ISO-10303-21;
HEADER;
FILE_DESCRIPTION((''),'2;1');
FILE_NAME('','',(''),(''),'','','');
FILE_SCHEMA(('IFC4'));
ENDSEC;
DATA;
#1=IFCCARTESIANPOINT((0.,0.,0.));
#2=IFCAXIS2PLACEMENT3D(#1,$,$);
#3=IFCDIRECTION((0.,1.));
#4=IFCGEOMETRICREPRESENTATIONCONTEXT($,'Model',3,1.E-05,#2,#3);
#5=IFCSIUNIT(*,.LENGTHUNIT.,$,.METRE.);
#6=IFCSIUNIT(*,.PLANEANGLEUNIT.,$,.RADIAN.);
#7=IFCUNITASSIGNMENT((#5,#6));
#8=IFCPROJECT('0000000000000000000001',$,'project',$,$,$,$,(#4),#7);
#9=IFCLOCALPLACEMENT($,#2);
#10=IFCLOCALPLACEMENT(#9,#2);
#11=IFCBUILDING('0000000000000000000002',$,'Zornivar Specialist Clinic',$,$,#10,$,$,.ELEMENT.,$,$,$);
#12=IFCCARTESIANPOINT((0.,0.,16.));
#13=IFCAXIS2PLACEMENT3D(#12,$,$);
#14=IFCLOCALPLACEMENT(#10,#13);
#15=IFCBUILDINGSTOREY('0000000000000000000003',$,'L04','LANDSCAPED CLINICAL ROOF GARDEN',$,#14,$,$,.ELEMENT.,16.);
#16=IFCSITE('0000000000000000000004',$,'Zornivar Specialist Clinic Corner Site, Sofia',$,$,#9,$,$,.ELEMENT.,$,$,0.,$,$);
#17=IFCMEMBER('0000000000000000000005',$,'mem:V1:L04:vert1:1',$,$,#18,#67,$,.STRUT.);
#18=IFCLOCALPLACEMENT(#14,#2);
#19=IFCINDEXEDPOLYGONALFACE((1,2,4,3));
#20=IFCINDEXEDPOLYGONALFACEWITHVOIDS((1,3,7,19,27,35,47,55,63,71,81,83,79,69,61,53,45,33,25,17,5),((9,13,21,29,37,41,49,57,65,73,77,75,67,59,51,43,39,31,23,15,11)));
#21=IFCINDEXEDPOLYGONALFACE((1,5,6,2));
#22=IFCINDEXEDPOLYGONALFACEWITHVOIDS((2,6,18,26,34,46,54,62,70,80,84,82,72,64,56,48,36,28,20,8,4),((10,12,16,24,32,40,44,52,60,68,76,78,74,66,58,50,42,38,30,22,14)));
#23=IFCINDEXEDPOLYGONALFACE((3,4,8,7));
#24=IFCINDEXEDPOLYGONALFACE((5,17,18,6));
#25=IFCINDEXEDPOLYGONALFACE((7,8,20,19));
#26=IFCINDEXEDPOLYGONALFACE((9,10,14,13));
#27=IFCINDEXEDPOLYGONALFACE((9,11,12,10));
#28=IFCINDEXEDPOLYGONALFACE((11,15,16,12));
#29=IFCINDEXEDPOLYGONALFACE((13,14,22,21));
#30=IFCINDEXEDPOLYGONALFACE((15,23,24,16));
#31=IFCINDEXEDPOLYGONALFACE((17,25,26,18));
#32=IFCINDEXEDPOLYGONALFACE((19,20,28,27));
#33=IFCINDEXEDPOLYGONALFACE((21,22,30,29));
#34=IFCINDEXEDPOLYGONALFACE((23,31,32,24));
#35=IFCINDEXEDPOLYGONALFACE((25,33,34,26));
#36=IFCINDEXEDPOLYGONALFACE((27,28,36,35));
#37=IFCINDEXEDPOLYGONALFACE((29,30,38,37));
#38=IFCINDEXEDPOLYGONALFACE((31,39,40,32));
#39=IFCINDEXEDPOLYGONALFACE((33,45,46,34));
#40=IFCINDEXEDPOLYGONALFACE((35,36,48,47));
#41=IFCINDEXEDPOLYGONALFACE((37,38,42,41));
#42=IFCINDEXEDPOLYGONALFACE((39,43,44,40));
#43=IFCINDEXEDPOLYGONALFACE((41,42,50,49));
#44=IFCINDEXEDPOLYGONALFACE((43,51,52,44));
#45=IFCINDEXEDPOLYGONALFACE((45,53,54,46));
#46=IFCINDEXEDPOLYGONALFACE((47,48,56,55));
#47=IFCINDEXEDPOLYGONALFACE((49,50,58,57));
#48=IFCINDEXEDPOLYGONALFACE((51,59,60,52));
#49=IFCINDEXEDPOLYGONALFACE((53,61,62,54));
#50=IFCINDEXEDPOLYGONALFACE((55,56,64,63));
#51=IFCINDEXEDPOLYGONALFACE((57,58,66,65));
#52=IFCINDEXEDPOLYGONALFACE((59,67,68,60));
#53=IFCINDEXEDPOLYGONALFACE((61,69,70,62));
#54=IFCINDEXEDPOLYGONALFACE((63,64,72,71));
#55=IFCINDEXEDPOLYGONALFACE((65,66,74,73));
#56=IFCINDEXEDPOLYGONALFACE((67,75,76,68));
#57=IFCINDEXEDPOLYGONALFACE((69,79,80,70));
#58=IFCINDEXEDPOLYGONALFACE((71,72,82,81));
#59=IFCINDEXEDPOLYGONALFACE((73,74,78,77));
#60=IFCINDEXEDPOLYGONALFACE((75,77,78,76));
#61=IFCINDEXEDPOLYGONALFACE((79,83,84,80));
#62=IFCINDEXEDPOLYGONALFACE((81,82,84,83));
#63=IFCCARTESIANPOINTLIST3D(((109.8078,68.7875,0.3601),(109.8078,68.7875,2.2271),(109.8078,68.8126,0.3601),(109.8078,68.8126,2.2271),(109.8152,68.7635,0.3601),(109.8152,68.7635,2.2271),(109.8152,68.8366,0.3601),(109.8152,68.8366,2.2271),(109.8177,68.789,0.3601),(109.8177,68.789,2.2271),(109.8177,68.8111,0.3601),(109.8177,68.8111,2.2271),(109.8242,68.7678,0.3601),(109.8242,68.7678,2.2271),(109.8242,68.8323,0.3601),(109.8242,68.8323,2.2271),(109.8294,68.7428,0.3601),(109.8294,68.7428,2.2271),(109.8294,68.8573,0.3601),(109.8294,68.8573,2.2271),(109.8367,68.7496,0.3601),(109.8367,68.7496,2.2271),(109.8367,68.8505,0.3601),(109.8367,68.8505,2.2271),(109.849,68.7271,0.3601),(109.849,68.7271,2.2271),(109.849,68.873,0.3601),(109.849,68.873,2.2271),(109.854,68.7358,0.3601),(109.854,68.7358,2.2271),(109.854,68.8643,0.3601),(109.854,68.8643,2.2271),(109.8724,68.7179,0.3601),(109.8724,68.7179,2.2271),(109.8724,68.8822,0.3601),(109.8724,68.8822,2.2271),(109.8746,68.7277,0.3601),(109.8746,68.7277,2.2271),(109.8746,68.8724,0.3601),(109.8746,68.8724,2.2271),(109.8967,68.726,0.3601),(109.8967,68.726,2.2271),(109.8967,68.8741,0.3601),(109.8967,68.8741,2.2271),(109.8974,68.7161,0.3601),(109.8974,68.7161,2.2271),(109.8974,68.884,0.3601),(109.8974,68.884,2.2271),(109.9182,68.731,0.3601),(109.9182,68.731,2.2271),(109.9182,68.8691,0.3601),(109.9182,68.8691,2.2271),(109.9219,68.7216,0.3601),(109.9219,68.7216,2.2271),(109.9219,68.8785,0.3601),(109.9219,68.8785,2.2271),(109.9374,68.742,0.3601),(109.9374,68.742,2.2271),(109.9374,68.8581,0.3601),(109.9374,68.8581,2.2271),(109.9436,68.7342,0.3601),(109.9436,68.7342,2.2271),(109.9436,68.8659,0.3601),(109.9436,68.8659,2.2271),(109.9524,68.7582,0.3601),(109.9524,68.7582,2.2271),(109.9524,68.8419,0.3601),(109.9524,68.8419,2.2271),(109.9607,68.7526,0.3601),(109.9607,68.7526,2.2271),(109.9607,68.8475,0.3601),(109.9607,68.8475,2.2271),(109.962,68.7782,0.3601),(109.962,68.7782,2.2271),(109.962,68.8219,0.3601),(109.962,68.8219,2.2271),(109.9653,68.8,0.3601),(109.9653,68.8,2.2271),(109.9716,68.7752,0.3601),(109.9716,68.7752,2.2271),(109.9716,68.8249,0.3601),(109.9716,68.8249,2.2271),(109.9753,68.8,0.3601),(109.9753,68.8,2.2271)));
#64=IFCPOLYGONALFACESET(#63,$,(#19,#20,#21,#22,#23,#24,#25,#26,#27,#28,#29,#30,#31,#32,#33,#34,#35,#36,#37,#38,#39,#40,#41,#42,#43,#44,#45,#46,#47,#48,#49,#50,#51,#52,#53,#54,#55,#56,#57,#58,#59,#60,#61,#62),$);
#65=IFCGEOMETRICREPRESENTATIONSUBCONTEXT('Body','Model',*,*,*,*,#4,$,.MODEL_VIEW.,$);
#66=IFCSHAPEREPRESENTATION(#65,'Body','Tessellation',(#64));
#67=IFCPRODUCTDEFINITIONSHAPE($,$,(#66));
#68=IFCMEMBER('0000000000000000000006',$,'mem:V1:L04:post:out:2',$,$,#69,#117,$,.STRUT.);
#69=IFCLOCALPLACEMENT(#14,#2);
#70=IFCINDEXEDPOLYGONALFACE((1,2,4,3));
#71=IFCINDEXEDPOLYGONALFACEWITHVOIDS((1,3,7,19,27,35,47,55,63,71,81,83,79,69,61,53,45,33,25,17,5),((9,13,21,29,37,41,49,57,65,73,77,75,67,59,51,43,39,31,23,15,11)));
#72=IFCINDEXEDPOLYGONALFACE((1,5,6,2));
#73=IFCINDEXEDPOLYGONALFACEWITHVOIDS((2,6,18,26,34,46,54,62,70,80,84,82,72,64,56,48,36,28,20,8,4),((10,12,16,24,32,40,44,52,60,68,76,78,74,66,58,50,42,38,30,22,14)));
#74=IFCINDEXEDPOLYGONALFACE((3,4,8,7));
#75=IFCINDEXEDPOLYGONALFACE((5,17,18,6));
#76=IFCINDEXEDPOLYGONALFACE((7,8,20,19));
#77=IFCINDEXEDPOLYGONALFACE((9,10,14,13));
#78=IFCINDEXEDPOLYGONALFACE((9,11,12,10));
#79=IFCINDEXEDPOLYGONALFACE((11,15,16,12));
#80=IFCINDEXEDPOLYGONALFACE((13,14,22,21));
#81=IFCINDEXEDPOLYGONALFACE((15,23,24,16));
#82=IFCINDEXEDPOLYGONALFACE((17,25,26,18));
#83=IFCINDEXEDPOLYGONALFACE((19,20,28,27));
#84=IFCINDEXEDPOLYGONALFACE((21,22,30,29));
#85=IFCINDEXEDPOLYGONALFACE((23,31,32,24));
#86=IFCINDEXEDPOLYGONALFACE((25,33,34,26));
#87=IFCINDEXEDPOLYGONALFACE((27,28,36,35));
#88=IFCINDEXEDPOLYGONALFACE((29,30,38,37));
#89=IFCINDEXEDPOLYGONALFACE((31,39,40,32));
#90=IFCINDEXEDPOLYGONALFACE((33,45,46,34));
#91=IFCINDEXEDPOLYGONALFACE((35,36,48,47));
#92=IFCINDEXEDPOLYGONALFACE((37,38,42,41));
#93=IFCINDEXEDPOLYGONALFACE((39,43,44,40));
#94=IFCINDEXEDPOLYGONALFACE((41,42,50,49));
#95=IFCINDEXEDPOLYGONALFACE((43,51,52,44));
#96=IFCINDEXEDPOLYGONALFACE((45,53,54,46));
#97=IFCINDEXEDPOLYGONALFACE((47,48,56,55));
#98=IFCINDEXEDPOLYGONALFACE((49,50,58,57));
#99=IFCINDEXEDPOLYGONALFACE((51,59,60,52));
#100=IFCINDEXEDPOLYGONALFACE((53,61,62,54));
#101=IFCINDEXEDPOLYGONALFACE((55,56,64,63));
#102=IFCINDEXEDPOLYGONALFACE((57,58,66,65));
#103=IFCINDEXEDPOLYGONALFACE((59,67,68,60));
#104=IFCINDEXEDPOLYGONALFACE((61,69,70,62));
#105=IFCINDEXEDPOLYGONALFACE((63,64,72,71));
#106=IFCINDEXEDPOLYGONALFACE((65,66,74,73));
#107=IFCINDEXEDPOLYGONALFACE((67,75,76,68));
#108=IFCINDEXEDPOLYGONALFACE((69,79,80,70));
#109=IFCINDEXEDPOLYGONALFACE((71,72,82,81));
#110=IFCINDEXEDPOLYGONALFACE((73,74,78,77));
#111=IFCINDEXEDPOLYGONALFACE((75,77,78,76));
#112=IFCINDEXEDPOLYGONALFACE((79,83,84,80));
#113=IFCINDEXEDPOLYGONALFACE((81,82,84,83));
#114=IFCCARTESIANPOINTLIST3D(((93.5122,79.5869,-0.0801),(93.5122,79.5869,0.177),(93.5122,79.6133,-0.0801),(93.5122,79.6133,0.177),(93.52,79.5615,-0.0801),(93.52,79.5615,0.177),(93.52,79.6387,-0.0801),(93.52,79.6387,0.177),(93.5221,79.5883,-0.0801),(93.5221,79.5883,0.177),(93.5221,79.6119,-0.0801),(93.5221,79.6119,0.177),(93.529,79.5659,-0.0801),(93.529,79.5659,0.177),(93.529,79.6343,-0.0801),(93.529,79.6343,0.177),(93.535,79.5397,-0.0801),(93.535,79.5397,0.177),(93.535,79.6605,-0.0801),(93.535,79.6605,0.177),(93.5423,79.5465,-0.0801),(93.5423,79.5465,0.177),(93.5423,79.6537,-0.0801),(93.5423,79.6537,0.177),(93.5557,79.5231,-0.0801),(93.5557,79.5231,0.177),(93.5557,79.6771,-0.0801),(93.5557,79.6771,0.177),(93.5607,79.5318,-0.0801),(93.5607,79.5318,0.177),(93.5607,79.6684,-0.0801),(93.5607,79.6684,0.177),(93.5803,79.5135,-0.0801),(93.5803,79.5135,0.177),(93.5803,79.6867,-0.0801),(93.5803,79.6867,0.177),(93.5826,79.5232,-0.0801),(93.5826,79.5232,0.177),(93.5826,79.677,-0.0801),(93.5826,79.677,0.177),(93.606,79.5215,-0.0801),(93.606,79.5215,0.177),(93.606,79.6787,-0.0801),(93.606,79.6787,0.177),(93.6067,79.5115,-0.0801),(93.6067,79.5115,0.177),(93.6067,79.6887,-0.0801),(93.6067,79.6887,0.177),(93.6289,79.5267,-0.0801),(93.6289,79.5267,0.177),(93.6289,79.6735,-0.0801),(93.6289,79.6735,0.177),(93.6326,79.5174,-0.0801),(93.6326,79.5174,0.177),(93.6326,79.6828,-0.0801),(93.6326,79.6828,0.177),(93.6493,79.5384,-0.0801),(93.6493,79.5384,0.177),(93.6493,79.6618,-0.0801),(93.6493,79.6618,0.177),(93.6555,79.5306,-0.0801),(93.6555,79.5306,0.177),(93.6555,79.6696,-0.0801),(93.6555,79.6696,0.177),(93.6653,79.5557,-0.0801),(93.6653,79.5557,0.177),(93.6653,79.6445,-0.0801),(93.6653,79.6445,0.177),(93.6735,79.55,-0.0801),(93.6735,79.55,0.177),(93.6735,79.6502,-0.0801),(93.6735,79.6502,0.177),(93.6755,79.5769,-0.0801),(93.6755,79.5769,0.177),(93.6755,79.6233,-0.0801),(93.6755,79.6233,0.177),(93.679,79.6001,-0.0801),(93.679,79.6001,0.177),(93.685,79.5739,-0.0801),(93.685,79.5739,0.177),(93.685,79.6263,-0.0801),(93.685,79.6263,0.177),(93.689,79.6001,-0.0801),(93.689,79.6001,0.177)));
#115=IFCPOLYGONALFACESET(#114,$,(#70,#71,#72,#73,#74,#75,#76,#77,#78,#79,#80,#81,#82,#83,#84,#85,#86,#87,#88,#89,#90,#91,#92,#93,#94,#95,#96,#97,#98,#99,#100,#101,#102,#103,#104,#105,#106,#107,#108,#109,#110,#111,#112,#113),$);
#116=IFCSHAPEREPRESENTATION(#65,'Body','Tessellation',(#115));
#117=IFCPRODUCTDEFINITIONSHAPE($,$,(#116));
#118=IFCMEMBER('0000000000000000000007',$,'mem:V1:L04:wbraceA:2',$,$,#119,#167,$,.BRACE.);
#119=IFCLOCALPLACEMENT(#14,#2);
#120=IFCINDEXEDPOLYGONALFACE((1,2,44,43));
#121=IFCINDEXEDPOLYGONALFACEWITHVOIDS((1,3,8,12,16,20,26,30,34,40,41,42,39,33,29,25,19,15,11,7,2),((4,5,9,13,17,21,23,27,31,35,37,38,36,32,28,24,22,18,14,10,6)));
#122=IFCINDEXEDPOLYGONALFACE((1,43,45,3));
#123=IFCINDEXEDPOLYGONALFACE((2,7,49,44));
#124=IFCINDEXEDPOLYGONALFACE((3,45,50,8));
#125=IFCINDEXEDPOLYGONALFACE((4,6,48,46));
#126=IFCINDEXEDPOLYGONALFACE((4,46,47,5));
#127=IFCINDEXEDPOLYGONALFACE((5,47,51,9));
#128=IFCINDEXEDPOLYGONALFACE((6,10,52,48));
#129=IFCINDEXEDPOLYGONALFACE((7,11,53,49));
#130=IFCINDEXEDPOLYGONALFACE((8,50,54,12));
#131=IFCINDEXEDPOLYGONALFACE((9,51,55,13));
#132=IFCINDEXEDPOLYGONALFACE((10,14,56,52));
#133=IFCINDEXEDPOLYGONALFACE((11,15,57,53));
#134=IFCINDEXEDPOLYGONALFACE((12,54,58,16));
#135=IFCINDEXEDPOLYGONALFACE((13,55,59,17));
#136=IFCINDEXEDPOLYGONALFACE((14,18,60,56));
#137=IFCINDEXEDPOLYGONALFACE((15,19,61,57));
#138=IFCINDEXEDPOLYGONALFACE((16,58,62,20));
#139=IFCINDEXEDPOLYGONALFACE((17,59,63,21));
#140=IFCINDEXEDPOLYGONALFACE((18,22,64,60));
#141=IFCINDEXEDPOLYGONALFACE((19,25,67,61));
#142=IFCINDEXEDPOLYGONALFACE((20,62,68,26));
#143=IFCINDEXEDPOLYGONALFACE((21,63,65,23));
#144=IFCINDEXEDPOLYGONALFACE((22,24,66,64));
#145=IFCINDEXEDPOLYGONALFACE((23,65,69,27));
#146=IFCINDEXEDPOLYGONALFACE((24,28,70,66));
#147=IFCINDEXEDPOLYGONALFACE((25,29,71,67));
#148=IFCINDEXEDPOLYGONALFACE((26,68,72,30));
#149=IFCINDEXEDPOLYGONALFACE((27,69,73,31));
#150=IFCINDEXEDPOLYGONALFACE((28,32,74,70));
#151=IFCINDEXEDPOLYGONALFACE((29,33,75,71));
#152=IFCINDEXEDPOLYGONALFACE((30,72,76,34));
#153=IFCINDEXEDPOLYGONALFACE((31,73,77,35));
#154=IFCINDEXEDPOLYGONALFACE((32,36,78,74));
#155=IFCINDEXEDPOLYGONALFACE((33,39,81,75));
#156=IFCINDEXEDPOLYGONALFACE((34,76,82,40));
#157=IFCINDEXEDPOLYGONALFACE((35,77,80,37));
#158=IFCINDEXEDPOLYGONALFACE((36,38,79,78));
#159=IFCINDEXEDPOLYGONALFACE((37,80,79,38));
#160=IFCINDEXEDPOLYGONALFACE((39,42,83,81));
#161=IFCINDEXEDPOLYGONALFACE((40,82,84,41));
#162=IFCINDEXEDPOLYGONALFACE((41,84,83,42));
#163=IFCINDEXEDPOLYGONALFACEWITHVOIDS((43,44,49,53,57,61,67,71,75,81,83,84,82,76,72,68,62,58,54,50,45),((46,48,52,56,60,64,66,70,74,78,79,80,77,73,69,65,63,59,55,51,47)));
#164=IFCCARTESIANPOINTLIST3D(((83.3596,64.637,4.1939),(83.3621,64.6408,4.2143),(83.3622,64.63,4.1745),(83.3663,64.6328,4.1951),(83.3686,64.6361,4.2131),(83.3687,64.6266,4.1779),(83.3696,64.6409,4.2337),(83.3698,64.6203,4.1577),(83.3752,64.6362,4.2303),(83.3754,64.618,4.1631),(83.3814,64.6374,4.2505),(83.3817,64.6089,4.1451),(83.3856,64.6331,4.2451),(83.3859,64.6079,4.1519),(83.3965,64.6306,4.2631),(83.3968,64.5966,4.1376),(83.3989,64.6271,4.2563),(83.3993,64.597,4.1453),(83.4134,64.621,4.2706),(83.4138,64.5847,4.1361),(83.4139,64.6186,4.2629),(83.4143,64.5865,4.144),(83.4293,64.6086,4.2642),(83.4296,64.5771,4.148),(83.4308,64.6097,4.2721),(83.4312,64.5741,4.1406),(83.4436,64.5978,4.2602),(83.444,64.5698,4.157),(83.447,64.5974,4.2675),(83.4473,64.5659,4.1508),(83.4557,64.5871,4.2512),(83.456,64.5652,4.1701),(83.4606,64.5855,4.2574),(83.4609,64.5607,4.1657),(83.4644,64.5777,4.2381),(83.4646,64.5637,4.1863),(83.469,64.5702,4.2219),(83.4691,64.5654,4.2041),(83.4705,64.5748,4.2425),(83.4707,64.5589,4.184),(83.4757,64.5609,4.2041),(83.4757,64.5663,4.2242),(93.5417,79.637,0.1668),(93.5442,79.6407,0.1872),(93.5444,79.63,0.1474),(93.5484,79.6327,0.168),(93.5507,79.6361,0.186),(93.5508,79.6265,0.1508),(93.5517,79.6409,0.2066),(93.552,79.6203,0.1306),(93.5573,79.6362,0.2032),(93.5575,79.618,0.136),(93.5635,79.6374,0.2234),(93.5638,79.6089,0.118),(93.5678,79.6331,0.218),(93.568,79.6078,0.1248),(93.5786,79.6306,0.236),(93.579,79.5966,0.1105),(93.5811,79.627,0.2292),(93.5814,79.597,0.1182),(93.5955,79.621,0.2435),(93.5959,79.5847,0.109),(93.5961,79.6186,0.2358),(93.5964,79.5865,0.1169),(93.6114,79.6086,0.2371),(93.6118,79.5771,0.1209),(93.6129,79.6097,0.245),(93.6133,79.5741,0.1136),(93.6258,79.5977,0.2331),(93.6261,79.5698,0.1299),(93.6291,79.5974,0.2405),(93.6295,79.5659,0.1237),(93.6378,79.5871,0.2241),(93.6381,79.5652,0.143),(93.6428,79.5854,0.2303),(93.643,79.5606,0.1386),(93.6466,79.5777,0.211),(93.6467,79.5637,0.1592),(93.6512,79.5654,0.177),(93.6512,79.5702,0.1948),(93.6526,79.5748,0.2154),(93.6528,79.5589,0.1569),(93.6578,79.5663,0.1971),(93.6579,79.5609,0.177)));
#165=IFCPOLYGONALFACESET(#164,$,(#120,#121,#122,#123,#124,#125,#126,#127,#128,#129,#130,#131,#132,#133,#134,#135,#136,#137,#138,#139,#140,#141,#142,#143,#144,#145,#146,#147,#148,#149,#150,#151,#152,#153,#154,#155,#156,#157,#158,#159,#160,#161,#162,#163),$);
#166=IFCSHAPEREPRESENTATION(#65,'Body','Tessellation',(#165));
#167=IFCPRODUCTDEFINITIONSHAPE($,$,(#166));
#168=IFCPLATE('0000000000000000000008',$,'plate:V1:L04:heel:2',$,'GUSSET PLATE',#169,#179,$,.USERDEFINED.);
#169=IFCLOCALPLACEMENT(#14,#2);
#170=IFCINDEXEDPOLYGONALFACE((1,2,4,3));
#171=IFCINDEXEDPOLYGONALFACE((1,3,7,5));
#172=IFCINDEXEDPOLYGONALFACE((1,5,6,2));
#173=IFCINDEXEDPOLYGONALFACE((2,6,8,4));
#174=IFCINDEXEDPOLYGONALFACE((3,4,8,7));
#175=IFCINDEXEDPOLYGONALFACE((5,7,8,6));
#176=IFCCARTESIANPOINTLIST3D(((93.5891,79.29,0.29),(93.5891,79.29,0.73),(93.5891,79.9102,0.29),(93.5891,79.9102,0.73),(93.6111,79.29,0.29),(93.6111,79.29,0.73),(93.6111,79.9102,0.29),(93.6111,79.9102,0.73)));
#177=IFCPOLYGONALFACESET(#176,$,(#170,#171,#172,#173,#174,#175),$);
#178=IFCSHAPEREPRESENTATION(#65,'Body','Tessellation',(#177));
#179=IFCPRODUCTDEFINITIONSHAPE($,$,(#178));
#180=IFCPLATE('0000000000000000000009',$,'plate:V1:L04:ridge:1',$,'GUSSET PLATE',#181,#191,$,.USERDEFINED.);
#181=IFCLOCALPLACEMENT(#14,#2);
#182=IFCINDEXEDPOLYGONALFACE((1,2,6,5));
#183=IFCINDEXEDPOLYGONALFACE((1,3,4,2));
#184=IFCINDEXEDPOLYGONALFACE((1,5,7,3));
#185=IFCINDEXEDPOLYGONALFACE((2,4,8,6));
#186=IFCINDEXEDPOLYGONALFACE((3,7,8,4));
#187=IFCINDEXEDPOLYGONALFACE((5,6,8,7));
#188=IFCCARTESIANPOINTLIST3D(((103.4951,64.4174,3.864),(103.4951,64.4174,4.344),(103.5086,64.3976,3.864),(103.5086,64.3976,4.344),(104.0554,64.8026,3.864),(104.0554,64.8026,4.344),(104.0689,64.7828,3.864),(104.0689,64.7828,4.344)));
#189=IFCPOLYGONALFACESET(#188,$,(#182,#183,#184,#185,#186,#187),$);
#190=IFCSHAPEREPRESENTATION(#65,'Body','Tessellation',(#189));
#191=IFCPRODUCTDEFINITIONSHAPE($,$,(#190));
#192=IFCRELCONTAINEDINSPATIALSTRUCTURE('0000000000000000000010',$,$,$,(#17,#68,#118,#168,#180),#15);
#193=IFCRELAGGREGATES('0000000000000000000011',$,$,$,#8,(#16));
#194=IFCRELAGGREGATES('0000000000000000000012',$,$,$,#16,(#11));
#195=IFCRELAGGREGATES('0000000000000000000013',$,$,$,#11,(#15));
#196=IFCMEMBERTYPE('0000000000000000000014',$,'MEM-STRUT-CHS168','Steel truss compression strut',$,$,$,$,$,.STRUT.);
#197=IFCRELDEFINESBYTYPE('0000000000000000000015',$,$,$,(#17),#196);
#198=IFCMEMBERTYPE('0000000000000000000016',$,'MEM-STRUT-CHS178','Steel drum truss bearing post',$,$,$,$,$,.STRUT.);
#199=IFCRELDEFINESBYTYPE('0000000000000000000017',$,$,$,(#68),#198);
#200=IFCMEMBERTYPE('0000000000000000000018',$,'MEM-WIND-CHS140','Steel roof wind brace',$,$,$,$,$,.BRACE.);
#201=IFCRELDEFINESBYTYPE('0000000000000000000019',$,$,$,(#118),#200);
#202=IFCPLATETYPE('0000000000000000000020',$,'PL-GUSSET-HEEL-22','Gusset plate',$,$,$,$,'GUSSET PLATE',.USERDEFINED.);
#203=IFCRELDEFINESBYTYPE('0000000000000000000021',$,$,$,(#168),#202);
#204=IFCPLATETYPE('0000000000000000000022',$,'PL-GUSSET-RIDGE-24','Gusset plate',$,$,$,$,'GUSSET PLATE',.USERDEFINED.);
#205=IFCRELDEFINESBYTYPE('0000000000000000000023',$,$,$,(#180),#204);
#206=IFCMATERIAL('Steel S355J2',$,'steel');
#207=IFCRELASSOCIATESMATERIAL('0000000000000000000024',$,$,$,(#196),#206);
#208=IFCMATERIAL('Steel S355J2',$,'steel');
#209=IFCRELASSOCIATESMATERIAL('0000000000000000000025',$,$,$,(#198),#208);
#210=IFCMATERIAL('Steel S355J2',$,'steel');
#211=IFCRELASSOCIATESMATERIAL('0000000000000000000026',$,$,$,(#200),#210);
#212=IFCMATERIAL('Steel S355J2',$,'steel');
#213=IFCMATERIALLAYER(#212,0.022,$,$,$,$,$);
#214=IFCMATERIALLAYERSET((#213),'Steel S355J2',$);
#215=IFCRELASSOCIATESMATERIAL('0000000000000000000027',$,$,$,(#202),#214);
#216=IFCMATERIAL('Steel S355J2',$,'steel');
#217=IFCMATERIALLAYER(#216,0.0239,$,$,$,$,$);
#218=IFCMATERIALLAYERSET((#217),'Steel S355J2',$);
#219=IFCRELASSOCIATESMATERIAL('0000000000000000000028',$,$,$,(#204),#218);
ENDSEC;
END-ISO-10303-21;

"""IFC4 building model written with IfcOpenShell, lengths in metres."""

from ifc_helpers import new_model, si_unit, direction, frame, origin, origin_2d, place, context, subcontext, project, spatial, rectangle, hollow_circle, extrude, material, layer, layer_set, material_profile, profile_set, type_object, element, save


model = new_model("IFC4")

# Units and contexts
model_context = context("Model", 3, precision=1e-05, world=origin(), true_north=direction((0.0, 1.0)))
body_context = subcontext(model_context, "Body", "Model", "MODEL_VIEW")
ifc_project = project(units=[si_unit("LENGTHUNIT", "METRE"), si_unit("PLANEANGLEUNIT", "RADIAN")], contexts=[model_context])

# Site, building, storey
site_placement = place(None, origin())
site = spatial("IfcSite", under=ifc_project, at=site_placement, Name="Zornivar Specialist Clinic Corner Site, Sofia", CompositionType="ELEMENT", RefElevation=0.0)
building_placement = place(site_placement, origin())
building = spatial("IfcBuilding", under=site, at=building_placement, Name="Zornivar Specialist Clinic", CompositionType="ELEMENT")
storey_placement = place(building_placement, frame((0.0, 0.0, 16.0)))
storey = spatial("IfcBuildingStorey", under=building, at=storey_placement, Name="L04", Description="LANDSCAPED CLINICAL ROOF GARDEN", CompositionType="ELEMENT", Elevation=16.0)

# Members
ifc_material_1 = material(Name="Steel S355J2", Category="steel")
ifc_material_profile_1 = material_profile(ifc_material_1, hollow_circle(Radius=0.0842, WallThickness=0.01, at=origin_2d()), Name="CHS 168.3x10")
ifc_profile_set_1 = profile_set([ifc_material_profile_1], Name="Steel S355J2")
member_type_1 = type_object("IfcMemberType", Name="MEM-STRUT-CHS168", Description="Steel truss compression strut", PredefinedType="STRUT", material=ifc_profile_set_1)
member_1_placement = place(storey_placement, frame((109.8911, 68.8, 0.3601), z_axis=(0.0, 0.0, 1.0), x_axis=(1.0, 0.0, 0.0)))
element("IfcMember", 1, at=member_1_placement, inside=storey, type_object=member_type_1, Name="mem:V1:L04:vert1:1", PredefinedType="STRUT", context=body_context, shape_type="SweptSolid", body=[
    extrude(hollow_circle(Radius=0.0842, WallThickness=0.01, at=origin_2d()), origin(), (0.0, 0.0, 1.0), 1.8669),
])
ifc_material_2 = material(Name="Steel S355J2", Category="steel")
ifc_material_profile_2 = material_profile(ifc_material_2, hollow_circle(Radius=0.0889, WallThickness=0.01, at=origin_2d()), Name="CHS 177.8x10")
ifc_profile_set_2 = profile_set([ifc_material_profile_2], Name="Steel S355J2")
member_type_2 = type_object("IfcMemberType", Name="MEM-STRUT-CHS178", Description="Steel drum truss bearing post", PredefinedType="STRUT", material=ifc_profile_set_2)
member_2_placement = place(storey_placement, frame((93.6001, 79.6001, -0.0801), z_axis=(0.0, 0.0, 1.0), x_axis=(1.0, 0.0, 0.0)))
element("IfcMember", 2, at=member_2_placement, inside=storey, type_object=member_type_2, Name="mem:V1:L04:post:out:2", PredefinedType="STRUT", context=body_context, shape_type="SweptSolid", body=[
    extrude(hollow_circle(Radius=0.0889, WallThickness=0.01, at=origin_2d()), origin(), (0.0, 0.0, 1.0), 0.2571),
])
ifc_material_3 = material(Name="Steel S355J2", Category="steel")
ifc_material_profile_3 = material_profile(ifc_material_3, hollow_circle(Radius=0.0698, WallThickness=0.0081, at=origin_2d()), Name="CHS 139.7x8")
ifc_profile_set_3 = profile_set([ifc_material_profile_3], Name="Steel S355J2")
member_type_3 = type_object("IfcMemberType", Name="MEM-WIND-CHS140", Description="Steel roof wind brace", PredefinedType="BRACE", material=ifc_profile_set_3)
member_3_placement = place(storey_placement, frame((93.6001, 79.6001, 0.177), z_axis=(-0.548272, -0.807698, 0.216845), x_axis=(0.827385, -0.561636, 0.0)))
element("IfcMember", 3, at=member_3_placement, inside=storey, type_object=member_type_3, Name="mem:V1:L04:wbraceA:2", PredefinedType="BRACE", context=body_context, shape_type="SweptSolid", body=[
    extrude(hollow_circle(Radius=0.0698, WallThickness=0.0081, at=origin_2d()), origin(), (0.0, 0.0, 1.0), 18.5713),
])

# Plates
ifc_material_4 = material(Name="Steel S355J2", Category="steel")
ifc_layer_1 = layer(ifc_material_4, 0.022)
ifc_layer_set_1 = layer_set([ifc_layer_1], Name="Steel S355J2")
plate_type_1 = type_object("IfcPlateType", Name="PL-GUSSET-HEEL-22", Description="Gusset plate", ElementType="GUSSET PLATE", PredefinedType="USERDEFINED", material=ifc_layer_set_1)
plate_1_placement = place(storey_placement, frame((93.6001, 79.6001, 0.29), z_axis=(0.0, 0.0, 1.0), x_axis=(0.0, 1.0, 0.0)))
element("IfcPlate", 4, at=plate_1_placement, inside=storey, type_object=plate_type_1, Name="plate:V1:L04:heel:2", ObjectType="GUSSET PLATE", PredefinedType="USERDEFINED", context=body_context, shape_type="SweptSolid", body=[
    extrude(rectangle(XDim=0.6201, YDim=0.022, at=origin_2d()), origin(), (0.0, 0.0, 1.0), 0.4399),
])
ifc_material_5 = material(Name="Steel S355J2", Category="steel")
ifc_layer_2 = layer(ifc_material_5, 0.0239)
ifc_layer_set_2 = layer_set([ifc_layer_2], Name="Steel S355J2")
plate_type_2 = type_object("IfcPlateType", Name="PL-GUSSET-RIDGE-24", Description="Gusset plate", ElementType="GUSSET PLATE", PredefinedType="USERDEFINED", material=ifc_layer_set_2)
plate_2_placement = place(storey_placement, frame((103.782, 64.6001, 3.864), z_axis=(0.0, 0.0, 1.0), x_axis=(0.824043, 0.566527, 0.0)))
element("IfcPlate", 5, at=plate_2_placement, inside=storey, type_object=plate_type_2, Name="plate:V1:L04:ridge:1", ObjectType="GUSSET PLATE", PredefinedType="USERDEFINED", context=body_context, shape_type="SweptSolid", body=[
    extrude(rectangle(XDim=0.6799, YDim=0.0239, at=origin_2d()), origin(), (0.0, 0.0, 1.0), 0.48),
])

save(model, "model.ifc")
